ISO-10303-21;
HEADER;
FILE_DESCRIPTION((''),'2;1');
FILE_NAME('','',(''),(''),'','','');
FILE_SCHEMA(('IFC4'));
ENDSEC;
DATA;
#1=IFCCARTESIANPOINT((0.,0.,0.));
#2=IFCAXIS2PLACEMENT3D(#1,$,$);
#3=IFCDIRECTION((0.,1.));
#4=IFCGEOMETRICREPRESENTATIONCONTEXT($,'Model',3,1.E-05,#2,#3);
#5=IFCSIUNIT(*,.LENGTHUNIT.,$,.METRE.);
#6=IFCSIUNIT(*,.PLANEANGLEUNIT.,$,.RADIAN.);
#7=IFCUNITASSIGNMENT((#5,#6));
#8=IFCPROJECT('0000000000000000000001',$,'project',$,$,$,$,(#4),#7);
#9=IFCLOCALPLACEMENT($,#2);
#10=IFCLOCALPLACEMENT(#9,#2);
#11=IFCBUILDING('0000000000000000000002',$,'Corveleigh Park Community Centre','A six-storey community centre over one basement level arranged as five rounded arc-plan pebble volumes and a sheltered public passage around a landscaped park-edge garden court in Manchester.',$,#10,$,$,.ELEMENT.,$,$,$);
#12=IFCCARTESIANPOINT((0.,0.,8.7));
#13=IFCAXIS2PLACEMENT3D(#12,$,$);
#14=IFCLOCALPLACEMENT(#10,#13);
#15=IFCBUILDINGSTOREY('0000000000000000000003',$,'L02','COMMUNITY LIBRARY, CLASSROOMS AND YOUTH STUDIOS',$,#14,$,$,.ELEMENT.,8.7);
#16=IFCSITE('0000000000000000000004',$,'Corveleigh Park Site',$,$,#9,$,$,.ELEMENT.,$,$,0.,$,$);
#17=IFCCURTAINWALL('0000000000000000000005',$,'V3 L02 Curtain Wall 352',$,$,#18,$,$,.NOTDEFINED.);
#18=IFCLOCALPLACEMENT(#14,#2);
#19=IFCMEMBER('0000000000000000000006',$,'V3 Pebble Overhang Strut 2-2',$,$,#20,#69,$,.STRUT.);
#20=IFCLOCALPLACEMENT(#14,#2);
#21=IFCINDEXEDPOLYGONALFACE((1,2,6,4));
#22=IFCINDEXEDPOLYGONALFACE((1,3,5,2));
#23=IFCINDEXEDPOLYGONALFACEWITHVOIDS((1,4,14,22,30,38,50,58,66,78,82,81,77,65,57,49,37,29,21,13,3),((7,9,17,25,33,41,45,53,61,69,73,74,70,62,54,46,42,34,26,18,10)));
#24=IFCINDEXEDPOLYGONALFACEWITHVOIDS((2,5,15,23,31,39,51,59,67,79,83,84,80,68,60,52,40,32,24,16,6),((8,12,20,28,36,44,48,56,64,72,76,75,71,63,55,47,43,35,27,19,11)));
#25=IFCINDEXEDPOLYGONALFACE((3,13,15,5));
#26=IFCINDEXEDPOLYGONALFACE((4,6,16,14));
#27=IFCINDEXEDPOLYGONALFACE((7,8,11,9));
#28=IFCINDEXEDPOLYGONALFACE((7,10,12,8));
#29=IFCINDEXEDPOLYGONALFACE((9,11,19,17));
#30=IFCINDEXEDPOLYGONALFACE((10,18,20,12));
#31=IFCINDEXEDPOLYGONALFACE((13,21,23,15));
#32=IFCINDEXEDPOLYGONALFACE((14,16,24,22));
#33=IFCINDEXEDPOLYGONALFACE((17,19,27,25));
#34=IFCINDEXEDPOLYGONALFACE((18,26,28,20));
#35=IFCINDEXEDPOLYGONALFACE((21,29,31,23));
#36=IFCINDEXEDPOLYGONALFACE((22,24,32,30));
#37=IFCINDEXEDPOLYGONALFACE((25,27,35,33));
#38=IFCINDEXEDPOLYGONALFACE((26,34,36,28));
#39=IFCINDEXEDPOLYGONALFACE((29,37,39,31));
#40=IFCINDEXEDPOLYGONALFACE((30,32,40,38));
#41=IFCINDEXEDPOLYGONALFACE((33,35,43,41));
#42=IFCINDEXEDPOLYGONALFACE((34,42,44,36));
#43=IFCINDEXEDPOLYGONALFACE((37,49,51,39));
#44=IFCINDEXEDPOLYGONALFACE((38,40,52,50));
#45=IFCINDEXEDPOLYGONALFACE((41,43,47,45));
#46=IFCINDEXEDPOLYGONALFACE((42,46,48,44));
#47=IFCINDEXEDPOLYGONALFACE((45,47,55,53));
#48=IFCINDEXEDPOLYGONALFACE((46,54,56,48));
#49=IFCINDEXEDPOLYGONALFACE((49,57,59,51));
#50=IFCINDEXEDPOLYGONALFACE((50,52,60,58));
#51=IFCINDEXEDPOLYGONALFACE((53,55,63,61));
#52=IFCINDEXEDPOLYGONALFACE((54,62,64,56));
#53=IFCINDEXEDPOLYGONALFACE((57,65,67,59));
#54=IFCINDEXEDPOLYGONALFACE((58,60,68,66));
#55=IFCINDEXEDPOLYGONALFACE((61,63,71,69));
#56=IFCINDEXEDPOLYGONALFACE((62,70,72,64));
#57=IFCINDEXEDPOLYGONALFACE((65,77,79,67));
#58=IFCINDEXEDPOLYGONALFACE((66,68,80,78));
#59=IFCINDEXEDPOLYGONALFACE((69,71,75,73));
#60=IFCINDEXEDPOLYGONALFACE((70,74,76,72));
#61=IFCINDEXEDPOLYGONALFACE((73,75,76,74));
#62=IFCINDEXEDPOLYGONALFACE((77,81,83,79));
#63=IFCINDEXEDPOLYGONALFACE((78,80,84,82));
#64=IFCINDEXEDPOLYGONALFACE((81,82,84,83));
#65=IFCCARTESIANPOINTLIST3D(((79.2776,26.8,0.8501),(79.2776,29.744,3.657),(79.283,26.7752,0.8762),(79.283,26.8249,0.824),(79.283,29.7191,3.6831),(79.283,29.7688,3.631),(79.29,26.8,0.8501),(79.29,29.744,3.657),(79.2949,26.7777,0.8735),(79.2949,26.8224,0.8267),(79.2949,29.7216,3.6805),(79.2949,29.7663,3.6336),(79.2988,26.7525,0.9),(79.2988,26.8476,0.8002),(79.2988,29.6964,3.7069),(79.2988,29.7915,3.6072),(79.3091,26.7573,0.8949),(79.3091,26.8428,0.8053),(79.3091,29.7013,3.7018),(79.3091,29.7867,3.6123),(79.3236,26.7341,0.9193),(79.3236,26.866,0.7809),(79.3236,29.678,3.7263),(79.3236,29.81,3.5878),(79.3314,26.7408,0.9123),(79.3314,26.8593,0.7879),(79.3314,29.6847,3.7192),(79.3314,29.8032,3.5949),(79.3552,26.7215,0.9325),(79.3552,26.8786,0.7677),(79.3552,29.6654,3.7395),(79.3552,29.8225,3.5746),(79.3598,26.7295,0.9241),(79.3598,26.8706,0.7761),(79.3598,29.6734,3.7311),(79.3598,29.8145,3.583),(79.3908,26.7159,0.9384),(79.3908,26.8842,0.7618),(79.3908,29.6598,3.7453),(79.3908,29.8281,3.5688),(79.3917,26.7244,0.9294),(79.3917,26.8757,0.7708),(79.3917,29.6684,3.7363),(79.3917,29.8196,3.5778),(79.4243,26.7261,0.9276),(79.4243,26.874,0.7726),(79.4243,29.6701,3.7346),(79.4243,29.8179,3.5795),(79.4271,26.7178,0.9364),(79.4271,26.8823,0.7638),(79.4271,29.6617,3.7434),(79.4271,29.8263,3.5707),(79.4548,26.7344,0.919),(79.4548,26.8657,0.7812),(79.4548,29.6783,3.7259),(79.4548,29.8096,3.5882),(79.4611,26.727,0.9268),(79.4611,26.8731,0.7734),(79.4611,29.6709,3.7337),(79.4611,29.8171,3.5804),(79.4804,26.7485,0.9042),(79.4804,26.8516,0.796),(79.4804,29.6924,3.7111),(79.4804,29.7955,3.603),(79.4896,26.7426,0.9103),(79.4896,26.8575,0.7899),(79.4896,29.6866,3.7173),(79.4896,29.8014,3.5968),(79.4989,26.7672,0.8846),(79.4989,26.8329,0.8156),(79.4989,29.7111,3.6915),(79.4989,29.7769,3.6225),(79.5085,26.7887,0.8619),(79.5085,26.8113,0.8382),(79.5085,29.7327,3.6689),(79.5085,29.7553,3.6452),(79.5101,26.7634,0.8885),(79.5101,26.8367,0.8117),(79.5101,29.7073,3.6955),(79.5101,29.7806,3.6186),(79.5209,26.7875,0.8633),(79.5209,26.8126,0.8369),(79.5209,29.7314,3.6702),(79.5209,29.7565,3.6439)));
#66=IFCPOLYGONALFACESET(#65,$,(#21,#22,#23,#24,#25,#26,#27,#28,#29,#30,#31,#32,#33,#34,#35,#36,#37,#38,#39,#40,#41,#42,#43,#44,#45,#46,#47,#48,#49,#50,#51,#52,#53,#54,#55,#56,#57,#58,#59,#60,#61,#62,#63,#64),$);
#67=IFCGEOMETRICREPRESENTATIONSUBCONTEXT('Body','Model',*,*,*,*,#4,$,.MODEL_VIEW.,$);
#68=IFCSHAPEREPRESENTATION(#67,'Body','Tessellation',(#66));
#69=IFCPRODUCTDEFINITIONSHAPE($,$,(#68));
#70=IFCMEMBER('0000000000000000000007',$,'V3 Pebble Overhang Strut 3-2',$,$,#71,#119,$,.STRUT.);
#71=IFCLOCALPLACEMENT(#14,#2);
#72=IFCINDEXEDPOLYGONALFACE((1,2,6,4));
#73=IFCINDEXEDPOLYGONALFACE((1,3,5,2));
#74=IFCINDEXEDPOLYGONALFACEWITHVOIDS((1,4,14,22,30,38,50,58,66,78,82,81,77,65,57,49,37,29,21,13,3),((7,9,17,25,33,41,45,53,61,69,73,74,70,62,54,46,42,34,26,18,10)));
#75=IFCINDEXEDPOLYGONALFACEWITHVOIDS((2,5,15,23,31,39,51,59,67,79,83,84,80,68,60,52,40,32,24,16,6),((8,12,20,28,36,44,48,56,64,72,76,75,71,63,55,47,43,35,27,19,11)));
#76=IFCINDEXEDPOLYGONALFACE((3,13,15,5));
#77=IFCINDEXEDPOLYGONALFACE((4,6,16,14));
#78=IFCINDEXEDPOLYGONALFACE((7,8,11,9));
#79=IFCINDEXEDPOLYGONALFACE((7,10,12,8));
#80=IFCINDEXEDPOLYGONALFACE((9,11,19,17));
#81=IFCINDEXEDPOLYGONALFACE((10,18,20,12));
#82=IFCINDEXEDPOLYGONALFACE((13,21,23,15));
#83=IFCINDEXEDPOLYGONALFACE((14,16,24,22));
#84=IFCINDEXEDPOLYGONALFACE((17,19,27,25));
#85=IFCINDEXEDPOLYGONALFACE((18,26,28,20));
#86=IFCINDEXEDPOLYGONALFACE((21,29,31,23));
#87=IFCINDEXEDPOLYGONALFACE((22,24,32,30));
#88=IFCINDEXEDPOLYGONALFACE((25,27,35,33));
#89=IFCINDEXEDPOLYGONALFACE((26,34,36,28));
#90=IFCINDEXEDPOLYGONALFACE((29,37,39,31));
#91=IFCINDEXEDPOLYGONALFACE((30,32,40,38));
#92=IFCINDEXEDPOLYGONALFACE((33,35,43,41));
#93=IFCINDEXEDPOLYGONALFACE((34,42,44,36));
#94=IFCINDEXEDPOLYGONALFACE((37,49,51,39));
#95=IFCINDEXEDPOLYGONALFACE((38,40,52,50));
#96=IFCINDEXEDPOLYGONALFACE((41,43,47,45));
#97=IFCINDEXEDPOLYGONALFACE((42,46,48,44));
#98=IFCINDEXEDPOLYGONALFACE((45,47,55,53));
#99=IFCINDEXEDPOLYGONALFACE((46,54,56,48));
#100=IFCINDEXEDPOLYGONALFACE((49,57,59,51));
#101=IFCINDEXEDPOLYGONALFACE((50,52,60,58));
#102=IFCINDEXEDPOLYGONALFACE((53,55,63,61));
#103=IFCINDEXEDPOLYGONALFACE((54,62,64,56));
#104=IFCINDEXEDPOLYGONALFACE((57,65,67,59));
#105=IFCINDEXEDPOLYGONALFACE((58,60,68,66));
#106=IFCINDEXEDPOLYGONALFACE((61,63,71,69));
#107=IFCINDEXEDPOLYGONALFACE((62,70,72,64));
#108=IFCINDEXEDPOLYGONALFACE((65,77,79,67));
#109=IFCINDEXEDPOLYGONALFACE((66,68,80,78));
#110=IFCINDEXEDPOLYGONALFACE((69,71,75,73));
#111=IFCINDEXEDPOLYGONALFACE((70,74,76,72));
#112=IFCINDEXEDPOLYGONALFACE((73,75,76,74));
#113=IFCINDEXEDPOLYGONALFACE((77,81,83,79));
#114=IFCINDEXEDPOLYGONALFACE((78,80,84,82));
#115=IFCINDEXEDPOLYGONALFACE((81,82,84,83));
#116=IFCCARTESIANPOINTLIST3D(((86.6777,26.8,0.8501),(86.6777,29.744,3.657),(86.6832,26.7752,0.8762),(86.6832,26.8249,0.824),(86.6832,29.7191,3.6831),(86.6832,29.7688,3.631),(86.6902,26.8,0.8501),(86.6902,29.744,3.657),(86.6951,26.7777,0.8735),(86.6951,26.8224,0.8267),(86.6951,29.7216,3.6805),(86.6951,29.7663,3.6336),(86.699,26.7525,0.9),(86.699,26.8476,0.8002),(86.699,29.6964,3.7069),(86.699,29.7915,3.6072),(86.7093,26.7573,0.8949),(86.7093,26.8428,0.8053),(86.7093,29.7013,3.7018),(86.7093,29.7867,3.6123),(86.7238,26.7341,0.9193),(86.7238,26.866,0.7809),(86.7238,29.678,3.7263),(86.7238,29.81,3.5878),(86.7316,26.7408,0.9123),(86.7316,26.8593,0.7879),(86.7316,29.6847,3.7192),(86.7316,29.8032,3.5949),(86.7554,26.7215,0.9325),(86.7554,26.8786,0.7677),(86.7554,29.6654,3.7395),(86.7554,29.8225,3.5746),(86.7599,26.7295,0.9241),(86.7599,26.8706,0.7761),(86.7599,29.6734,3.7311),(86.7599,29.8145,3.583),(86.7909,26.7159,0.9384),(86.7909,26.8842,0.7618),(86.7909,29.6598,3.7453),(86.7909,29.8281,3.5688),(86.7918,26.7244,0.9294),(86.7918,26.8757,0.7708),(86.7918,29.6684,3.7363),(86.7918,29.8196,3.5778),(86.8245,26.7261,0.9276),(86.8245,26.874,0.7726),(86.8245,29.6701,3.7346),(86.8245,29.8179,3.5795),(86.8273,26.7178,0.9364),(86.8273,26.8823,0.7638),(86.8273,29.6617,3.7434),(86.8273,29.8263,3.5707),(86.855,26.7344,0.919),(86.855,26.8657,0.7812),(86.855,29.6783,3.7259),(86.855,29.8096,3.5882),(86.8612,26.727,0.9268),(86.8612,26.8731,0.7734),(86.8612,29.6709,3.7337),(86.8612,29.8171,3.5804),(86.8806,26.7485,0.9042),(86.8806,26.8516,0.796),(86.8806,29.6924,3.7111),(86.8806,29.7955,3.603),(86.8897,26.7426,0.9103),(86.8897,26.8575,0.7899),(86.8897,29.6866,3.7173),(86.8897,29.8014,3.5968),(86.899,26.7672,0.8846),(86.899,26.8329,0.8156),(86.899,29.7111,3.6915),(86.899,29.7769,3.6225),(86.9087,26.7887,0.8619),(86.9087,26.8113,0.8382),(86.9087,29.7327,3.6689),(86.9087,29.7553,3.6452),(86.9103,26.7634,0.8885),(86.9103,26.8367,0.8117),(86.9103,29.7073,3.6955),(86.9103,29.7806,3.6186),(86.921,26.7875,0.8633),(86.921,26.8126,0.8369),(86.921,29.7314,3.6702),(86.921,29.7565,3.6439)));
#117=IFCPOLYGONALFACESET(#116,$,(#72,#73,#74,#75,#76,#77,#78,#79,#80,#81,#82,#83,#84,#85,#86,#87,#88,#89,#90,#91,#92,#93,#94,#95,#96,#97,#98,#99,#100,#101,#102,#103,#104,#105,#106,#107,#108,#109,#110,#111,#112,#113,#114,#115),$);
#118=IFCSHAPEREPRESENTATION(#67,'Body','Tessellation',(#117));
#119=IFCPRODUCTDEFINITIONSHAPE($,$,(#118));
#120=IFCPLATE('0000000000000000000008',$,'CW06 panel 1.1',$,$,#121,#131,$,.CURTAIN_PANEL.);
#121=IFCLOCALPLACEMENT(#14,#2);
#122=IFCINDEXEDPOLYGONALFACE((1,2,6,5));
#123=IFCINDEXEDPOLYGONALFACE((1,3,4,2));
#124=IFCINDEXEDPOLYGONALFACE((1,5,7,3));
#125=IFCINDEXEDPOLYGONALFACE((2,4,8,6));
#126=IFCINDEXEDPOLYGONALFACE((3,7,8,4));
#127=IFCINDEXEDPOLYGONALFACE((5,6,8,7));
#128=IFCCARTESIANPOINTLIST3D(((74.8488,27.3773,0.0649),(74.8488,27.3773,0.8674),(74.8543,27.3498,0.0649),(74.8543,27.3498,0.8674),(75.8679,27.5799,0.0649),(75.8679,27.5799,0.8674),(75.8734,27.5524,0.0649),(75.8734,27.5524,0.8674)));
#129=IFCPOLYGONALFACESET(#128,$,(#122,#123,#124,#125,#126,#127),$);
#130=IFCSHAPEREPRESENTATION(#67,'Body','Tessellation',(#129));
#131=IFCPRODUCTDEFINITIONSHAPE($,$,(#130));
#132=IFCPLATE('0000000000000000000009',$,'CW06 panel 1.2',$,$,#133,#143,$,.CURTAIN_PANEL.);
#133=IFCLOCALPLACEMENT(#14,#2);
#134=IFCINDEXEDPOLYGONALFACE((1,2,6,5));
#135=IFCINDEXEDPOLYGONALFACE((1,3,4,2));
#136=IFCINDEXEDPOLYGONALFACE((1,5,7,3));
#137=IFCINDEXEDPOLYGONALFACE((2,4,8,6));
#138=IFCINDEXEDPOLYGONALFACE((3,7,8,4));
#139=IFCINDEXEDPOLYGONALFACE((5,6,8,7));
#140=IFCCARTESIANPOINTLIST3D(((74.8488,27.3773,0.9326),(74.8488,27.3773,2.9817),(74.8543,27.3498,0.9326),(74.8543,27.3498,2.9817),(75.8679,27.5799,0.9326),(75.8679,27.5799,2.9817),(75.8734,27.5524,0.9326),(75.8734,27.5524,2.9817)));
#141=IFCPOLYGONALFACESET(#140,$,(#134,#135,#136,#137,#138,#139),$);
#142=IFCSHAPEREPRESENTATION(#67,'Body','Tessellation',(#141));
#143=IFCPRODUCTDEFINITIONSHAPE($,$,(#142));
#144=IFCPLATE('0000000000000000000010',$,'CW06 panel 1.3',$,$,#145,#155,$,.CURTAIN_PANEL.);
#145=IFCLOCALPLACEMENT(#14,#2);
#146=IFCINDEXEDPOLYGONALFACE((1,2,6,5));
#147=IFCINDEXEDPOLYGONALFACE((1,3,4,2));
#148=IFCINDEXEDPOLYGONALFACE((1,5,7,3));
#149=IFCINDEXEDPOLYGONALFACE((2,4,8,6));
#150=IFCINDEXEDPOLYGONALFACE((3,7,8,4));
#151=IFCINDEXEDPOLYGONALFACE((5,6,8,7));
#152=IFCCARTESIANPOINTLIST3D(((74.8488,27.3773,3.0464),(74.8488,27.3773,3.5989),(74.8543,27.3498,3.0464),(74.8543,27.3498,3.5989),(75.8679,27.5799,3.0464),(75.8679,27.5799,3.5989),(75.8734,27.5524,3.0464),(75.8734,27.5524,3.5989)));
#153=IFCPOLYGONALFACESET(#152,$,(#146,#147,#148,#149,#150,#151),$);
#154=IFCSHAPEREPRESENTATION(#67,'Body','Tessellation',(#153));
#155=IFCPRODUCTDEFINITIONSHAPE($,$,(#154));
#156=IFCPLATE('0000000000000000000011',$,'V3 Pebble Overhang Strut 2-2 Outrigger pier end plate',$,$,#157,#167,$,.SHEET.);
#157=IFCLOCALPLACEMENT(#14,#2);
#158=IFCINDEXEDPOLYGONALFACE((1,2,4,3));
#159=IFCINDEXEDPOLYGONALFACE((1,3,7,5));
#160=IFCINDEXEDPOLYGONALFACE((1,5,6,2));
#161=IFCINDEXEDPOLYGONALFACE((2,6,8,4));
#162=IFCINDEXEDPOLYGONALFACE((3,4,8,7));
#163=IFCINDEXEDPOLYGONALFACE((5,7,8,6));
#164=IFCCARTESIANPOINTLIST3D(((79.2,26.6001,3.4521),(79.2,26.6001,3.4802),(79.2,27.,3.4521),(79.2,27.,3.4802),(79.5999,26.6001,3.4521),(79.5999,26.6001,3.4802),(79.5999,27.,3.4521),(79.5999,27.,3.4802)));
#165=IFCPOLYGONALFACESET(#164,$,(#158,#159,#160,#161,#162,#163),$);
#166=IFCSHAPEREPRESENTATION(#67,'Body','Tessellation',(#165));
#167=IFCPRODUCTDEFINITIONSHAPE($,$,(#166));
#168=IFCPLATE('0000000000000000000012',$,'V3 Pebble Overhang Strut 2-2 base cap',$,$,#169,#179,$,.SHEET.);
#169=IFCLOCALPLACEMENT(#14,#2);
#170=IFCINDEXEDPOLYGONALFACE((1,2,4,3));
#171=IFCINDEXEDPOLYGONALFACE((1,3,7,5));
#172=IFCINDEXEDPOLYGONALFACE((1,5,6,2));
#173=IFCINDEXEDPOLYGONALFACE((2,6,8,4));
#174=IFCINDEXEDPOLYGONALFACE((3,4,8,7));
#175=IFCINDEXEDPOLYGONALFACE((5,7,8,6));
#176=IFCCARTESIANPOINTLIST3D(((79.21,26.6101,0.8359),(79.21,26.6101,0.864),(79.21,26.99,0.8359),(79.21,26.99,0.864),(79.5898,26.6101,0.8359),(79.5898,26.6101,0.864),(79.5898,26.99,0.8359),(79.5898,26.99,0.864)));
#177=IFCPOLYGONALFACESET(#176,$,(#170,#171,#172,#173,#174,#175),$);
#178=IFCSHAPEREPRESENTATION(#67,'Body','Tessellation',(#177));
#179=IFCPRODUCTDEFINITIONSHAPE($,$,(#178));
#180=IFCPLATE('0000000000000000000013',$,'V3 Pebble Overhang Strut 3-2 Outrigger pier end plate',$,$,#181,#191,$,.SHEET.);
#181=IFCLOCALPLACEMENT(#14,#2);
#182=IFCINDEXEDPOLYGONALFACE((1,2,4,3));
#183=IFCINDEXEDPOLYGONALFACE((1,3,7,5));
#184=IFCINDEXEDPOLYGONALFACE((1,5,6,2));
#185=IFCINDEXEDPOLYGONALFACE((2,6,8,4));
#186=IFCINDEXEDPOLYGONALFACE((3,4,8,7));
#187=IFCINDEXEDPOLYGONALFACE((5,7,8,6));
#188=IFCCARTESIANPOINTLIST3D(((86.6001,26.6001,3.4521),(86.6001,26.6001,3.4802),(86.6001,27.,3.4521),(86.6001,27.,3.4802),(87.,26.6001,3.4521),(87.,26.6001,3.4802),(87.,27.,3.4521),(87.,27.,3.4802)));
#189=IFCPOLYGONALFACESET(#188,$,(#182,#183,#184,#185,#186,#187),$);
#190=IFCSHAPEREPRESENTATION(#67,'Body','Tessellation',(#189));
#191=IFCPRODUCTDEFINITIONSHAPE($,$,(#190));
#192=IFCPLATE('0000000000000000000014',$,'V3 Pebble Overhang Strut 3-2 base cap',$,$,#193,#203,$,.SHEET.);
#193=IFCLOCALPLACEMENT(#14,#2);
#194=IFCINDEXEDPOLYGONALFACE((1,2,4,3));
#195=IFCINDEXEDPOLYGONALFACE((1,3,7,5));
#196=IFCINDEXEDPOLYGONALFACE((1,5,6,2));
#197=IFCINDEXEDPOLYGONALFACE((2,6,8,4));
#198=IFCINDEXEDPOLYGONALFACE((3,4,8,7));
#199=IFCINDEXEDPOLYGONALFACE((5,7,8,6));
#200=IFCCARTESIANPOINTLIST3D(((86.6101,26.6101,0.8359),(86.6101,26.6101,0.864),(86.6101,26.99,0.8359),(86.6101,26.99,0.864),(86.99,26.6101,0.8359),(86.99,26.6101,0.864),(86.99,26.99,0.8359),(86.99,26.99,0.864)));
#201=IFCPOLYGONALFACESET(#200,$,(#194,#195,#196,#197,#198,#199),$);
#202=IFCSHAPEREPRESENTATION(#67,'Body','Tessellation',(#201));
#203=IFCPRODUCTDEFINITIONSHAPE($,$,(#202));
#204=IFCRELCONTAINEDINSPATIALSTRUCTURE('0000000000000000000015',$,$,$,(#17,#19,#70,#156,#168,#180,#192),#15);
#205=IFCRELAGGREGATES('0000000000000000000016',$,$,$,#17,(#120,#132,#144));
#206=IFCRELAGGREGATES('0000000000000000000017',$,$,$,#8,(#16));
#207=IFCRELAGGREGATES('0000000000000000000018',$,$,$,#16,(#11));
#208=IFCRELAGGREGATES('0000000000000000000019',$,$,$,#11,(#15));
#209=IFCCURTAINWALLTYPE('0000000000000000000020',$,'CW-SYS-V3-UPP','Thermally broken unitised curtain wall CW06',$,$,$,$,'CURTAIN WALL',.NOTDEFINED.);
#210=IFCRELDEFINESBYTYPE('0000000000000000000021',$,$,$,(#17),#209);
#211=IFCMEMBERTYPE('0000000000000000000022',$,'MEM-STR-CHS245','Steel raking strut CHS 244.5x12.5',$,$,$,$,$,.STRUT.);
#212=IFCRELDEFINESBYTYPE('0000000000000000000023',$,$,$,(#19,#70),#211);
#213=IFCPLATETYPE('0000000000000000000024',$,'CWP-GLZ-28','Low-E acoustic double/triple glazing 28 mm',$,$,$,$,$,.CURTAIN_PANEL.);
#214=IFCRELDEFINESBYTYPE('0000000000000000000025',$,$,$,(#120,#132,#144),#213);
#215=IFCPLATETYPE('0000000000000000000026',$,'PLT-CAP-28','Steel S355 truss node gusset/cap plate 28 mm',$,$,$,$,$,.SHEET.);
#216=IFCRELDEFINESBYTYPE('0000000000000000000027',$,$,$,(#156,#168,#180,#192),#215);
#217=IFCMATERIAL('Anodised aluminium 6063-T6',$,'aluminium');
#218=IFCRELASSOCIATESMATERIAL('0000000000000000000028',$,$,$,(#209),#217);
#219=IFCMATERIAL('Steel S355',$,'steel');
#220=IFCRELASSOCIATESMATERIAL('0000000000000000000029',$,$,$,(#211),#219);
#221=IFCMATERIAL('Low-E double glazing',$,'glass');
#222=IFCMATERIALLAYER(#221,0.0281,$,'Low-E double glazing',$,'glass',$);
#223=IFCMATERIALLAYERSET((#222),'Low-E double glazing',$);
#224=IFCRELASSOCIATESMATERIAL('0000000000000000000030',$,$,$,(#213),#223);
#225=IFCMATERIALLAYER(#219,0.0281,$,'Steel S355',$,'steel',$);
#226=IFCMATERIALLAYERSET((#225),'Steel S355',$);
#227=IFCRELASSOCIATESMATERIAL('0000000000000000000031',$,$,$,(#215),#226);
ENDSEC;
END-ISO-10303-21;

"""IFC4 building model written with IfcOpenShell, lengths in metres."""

from ifc_helpers import new_model, si_unit, direction, frame, origin, origin_2d, place, context, subcontext, project, spatial, rectangle, hollow_circle, extrude, material, layer, layer_set, material_profile, profile_set, type_object, element, aggregate, save


model = new_model("IFC4")

# Units and contexts
model_context = context("Model", 3, precision=1e-05, world=origin(), true_north=direction((0.0, 1.0)))
body_context = subcontext(model_context, "Body", "Model", "MODEL_VIEW")
ifc_project = project(units=[si_unit("LENGTHUNIT", "METRE"), si_unit("PLANEANGLEUNIT", "RADIAN")], contexts=[model_context])

# Site, building, storey
site_placement = place(None, origin())
site = spatial("IfcSite", under=ifc_project, at=site_placement, Name="Corveleigh Park Site", CompositionType="ELEMENT", RefElevation=0.0)
building_placement = place(site_placement, origin())
building = spatial("IfcBuilding", under=site, at=building_placement, Name="Corveleigh Park Community Centre", Description="A six-storey community centre over one basement level arranged as five rounded arc-plan pebble volumes and a sheltered public passage around a landscaped park-edge garden court in Manchester.", CompositionType="ELEMENT")
storey_placement = place(building_placement, frame((0.0, 0.0, 8.7)))
storey = spatial("IfcBuildingStorey", under=building, at=storey_placement, Name="L02", Description="COMMUNITY LIBRARY, CLASSROOMS AND YOUTH STUDIOS", CompositionType="ELEMENT", Elevation=8.7)

# Shared definitions
ifc_material_1 = material(Name="Steel S355", Category="steel")

# Curtain wall
ifc_material_2 = material(Name="Anodised aluminium 6063-T6", Category="aluminium")
curtain_wall_type = type_object("IfcCurtainWallType", Name="CW-SYS-V3-UPP", Description="Thermally broken unitised curtain wall CW06", ElementType="CURTAIN WALL", PredefinedType="NOTDEFINED", material=ifc_material_2)
curtain_wall_1_placement = place(storey_placement, origin())
curtain_wall_1 = element("IfcCurtainWall", 1, at=curtain_wall_1_placement, inside=storey, type_object=curtain_wall_type, Name="V3 L02 Curtain Wall 352", PredefinedType="NOTDEFINED")

# Members
ifc_material_profile_1 = material_profile(ifc_material_1, hollow_circle(Radius=0.1223, WallThickness=0.0125, at=origin_2d()), Name="CHS 244.5x12.5", Category="steel")
ifc_profile_set_1 = profile_set([ifc_material_profile_1], Name="Steel S355")
member_type_1 = type_object("IfcMemberType", Name="MEM-STR-CHS245", Description="Steel raking strut CHS 244.5x12.5", PredefinedType="STRUT", material=ifc_profile_set_1)
for number, where, z_axis, x_axis, name in (
    (2, (79.3999, 26.8, 0.8501), (0.0, 0.723742, 0.69007), (-1.0, 0.0, 0.0), "V3 Pebble Overhang Strut 2-2"),
    (3, (86.8, 26.8, 0.8501), (0.0, 0.723742, 0.69007), (-1.0, 0.0, 0.0), "V3 Pebble Overhang Strut 3-2"),
):
    element("IfcMember", number, at=place(storey_placement, frame(where, z_axis=z_axis, x_axis=x_axis)), inside=storey, type_object=member_type_1, Name=name, PredefinedType="STRUT", context=body_context, shape_type="SweptSolid", body=[
        extrude(hollow_circle(Radius=0.1223, WallThickness=0.0125, at=origin_2d()), origin(), (0.0, 0.0, 1.0), 4.0676),
    ])

# Plates
ifc_material_3 = material(Name="Low-E double glazing", Category="glass")
ifc_layer_1 = layer(ifc_material_3, 0.0281, Name="Low-E double glazing", Category="glass")
ifc_layer_set_1 = layer_set([ifc_layer_1], Name="Low-E double glazing")
plate_type_1 = type_object("IfcPlateType", Name="CWP-GLZ-28", Description="Low-E acoustic double/triple glazing 28 mm", PredefinedType="CURTAIN_PANEL", material=ifc_layer_set_1)
plate_1_placement = place(storey_placement, frame((75.3611, 27.4648, 0.0649), z_axis=(0.0, 0.0, 1.0), x_axis=(0.980814, 0.194947, 0.0)))
plate_1 = element("IfcPlate", 4, at=plate_1_placement, type_object=plate_type_1, Name="CW06 panel 1.1", PredefinedType="CURTAIN_PANEL", context=body_context, shape_type="SweptSolid", body=[
    extrude(rectangle(XDim=1.0391, YDim=0.0281, at=origin_2d()), origin(), (0.0, 0.0, 1.0), 0.8025),
])
plate_2_placement = place(storey_placement, frame((75.3611, 27.4648, 0.9326), z_axis=(0.0, 0.0, 1.0), x_axis=(0.980814, 0.194947, 0.0)))
plate_2 = element("IfcPlate", 5, at=plate_2_placement, type_object=plate_type_1, Name="CW06 panel 1.2", PredefinedType="CURTAIN_PANEL", context=body_context, shape_type="SweptSolid", body=[
    extrude(rectangle(XDim=1.0391, YDim=0.0281, at=origin_2d()), origin(), (0.0, 0.0, 1.0), 2.0491),
])
plate_3_placement = place(storey_placement, frame((75.3611, 27.4648, 3.0464), z_axis=(0.0, 0.0, 1.0), x_axis=(0.980814, 0.194947, 0.0)))
plate_3 = element("IfcPlate", 6, at=plate_3_placement, type_object=plate_type_1, Name="CW06 panel 1.3", PredefinedType="CURTAIN_PANEL", context=body_context, shape_type="SweptSolid", body=[
    extrude(rectangle(XDim=1.0391, YDim=0.0281, at=origin_2d()), origin(), (0.0, 0.0, 1.0), 0.5525),
])
aggregate(curtain_wall_1, [plate_1, plate_2, plate_3])

# Plates
ifc_layer_2 = layer(ifc_material_1, 0.0281, Name="Steel S355", Category="steel")
ifc_layer_set_2 = layer_set([ifc_layer_2], Name="Steel S355")
plate_type_2 = type_object("IfcPlateType", Name="PLT-CAP-28", Description="Steel S355 truss node gusset/cap plate 28 mm", PredefinedType="SHEET", material=ifc_layer_set_2)
plate_4_placement = place(storey_placement, frame((79.3999, 26.8, 3.4521), z_axis=(0.0, 0.0, 1.0), x_axis=(1.0, 0.0, 0.0)))
element("IfcPlate", 7, at=plate_4_placement, inside=storey, type_object=plate_type_2, Name="V3 Pebble Overhang Strut 2-2 Outrigger pier end plate", PredefinedType="SHEET", context=body_context, shape_type="SweptSolid", body=[
    extrude(rectangle(XDim=0.3999, YDim=0.3999, at=origin_2d()), origin(), (0.0, 0.0, 1.0), 0.0281),
])
plate_5_placement = place(storey_placement, frame((79.3999, 26.8, 0.8359), z_axis=(0.0, 0.0, 1.0), x_axis=(1.0, 0.0, 0.0)))
element("IfcPlate", 8, at=plate_5_placement, inside=storey, type_object=plate_type_2, Name="V3 Pebble Overhang Strut 2-2 base cap", PredefinedType="SHEET", context=body_context, shape_type="SweptSolid", body=[
    extrude(rectangle(XDim=0.3799, YDim=0.3799, at=origin_2d()), origin(), (0.0, 0.0, 1.0), 0.0281),
])
plate_6_placement = place(storey_placement, frame((86.8, 26.8, 3.4521), z_axis=(0.0, 0.0, 1.0), x_axis=(1.0, 0.0, 0.0)))
element("IfcPlate", 9, at=plate_6_placement, inside=storey, type_object=plate_type_2, Name="V3 Pebble Overhang Strut 3-2 Outrigger pier end plate", PredefinedType="SHEET", context=body_context, shape_type="SweptSolid", body=[
    extrude(rectangle(XDim=0.3999, YDim=0.3999, at=origin_2d()), origin(), (0.0, 0.0, 1.0), 0.0281),
])
plate_7_placement = place(storey_placement, frame((86.8, 26.8, 0.8359), z_axis=(0.0, 0.0, 1.0), x_axis=(1.0, 0.0, 0.0)))
element("IfcPlate", 10, at=plate_7_placement, inside=storey, type_object=plate_type_2, Name="V3 Pebble Overhang Strut 3-2 base cap", PredefinedType="SHEET", context=body_context, shape_type="SweptSolid", body=[
    extrude(rectangle(XDim=0.3799, YDim=0.3799, at=origin_2d()), origin(), (0.0, 0.0, 1.0), 0.0281),
])

save(model, "model.ifc")
